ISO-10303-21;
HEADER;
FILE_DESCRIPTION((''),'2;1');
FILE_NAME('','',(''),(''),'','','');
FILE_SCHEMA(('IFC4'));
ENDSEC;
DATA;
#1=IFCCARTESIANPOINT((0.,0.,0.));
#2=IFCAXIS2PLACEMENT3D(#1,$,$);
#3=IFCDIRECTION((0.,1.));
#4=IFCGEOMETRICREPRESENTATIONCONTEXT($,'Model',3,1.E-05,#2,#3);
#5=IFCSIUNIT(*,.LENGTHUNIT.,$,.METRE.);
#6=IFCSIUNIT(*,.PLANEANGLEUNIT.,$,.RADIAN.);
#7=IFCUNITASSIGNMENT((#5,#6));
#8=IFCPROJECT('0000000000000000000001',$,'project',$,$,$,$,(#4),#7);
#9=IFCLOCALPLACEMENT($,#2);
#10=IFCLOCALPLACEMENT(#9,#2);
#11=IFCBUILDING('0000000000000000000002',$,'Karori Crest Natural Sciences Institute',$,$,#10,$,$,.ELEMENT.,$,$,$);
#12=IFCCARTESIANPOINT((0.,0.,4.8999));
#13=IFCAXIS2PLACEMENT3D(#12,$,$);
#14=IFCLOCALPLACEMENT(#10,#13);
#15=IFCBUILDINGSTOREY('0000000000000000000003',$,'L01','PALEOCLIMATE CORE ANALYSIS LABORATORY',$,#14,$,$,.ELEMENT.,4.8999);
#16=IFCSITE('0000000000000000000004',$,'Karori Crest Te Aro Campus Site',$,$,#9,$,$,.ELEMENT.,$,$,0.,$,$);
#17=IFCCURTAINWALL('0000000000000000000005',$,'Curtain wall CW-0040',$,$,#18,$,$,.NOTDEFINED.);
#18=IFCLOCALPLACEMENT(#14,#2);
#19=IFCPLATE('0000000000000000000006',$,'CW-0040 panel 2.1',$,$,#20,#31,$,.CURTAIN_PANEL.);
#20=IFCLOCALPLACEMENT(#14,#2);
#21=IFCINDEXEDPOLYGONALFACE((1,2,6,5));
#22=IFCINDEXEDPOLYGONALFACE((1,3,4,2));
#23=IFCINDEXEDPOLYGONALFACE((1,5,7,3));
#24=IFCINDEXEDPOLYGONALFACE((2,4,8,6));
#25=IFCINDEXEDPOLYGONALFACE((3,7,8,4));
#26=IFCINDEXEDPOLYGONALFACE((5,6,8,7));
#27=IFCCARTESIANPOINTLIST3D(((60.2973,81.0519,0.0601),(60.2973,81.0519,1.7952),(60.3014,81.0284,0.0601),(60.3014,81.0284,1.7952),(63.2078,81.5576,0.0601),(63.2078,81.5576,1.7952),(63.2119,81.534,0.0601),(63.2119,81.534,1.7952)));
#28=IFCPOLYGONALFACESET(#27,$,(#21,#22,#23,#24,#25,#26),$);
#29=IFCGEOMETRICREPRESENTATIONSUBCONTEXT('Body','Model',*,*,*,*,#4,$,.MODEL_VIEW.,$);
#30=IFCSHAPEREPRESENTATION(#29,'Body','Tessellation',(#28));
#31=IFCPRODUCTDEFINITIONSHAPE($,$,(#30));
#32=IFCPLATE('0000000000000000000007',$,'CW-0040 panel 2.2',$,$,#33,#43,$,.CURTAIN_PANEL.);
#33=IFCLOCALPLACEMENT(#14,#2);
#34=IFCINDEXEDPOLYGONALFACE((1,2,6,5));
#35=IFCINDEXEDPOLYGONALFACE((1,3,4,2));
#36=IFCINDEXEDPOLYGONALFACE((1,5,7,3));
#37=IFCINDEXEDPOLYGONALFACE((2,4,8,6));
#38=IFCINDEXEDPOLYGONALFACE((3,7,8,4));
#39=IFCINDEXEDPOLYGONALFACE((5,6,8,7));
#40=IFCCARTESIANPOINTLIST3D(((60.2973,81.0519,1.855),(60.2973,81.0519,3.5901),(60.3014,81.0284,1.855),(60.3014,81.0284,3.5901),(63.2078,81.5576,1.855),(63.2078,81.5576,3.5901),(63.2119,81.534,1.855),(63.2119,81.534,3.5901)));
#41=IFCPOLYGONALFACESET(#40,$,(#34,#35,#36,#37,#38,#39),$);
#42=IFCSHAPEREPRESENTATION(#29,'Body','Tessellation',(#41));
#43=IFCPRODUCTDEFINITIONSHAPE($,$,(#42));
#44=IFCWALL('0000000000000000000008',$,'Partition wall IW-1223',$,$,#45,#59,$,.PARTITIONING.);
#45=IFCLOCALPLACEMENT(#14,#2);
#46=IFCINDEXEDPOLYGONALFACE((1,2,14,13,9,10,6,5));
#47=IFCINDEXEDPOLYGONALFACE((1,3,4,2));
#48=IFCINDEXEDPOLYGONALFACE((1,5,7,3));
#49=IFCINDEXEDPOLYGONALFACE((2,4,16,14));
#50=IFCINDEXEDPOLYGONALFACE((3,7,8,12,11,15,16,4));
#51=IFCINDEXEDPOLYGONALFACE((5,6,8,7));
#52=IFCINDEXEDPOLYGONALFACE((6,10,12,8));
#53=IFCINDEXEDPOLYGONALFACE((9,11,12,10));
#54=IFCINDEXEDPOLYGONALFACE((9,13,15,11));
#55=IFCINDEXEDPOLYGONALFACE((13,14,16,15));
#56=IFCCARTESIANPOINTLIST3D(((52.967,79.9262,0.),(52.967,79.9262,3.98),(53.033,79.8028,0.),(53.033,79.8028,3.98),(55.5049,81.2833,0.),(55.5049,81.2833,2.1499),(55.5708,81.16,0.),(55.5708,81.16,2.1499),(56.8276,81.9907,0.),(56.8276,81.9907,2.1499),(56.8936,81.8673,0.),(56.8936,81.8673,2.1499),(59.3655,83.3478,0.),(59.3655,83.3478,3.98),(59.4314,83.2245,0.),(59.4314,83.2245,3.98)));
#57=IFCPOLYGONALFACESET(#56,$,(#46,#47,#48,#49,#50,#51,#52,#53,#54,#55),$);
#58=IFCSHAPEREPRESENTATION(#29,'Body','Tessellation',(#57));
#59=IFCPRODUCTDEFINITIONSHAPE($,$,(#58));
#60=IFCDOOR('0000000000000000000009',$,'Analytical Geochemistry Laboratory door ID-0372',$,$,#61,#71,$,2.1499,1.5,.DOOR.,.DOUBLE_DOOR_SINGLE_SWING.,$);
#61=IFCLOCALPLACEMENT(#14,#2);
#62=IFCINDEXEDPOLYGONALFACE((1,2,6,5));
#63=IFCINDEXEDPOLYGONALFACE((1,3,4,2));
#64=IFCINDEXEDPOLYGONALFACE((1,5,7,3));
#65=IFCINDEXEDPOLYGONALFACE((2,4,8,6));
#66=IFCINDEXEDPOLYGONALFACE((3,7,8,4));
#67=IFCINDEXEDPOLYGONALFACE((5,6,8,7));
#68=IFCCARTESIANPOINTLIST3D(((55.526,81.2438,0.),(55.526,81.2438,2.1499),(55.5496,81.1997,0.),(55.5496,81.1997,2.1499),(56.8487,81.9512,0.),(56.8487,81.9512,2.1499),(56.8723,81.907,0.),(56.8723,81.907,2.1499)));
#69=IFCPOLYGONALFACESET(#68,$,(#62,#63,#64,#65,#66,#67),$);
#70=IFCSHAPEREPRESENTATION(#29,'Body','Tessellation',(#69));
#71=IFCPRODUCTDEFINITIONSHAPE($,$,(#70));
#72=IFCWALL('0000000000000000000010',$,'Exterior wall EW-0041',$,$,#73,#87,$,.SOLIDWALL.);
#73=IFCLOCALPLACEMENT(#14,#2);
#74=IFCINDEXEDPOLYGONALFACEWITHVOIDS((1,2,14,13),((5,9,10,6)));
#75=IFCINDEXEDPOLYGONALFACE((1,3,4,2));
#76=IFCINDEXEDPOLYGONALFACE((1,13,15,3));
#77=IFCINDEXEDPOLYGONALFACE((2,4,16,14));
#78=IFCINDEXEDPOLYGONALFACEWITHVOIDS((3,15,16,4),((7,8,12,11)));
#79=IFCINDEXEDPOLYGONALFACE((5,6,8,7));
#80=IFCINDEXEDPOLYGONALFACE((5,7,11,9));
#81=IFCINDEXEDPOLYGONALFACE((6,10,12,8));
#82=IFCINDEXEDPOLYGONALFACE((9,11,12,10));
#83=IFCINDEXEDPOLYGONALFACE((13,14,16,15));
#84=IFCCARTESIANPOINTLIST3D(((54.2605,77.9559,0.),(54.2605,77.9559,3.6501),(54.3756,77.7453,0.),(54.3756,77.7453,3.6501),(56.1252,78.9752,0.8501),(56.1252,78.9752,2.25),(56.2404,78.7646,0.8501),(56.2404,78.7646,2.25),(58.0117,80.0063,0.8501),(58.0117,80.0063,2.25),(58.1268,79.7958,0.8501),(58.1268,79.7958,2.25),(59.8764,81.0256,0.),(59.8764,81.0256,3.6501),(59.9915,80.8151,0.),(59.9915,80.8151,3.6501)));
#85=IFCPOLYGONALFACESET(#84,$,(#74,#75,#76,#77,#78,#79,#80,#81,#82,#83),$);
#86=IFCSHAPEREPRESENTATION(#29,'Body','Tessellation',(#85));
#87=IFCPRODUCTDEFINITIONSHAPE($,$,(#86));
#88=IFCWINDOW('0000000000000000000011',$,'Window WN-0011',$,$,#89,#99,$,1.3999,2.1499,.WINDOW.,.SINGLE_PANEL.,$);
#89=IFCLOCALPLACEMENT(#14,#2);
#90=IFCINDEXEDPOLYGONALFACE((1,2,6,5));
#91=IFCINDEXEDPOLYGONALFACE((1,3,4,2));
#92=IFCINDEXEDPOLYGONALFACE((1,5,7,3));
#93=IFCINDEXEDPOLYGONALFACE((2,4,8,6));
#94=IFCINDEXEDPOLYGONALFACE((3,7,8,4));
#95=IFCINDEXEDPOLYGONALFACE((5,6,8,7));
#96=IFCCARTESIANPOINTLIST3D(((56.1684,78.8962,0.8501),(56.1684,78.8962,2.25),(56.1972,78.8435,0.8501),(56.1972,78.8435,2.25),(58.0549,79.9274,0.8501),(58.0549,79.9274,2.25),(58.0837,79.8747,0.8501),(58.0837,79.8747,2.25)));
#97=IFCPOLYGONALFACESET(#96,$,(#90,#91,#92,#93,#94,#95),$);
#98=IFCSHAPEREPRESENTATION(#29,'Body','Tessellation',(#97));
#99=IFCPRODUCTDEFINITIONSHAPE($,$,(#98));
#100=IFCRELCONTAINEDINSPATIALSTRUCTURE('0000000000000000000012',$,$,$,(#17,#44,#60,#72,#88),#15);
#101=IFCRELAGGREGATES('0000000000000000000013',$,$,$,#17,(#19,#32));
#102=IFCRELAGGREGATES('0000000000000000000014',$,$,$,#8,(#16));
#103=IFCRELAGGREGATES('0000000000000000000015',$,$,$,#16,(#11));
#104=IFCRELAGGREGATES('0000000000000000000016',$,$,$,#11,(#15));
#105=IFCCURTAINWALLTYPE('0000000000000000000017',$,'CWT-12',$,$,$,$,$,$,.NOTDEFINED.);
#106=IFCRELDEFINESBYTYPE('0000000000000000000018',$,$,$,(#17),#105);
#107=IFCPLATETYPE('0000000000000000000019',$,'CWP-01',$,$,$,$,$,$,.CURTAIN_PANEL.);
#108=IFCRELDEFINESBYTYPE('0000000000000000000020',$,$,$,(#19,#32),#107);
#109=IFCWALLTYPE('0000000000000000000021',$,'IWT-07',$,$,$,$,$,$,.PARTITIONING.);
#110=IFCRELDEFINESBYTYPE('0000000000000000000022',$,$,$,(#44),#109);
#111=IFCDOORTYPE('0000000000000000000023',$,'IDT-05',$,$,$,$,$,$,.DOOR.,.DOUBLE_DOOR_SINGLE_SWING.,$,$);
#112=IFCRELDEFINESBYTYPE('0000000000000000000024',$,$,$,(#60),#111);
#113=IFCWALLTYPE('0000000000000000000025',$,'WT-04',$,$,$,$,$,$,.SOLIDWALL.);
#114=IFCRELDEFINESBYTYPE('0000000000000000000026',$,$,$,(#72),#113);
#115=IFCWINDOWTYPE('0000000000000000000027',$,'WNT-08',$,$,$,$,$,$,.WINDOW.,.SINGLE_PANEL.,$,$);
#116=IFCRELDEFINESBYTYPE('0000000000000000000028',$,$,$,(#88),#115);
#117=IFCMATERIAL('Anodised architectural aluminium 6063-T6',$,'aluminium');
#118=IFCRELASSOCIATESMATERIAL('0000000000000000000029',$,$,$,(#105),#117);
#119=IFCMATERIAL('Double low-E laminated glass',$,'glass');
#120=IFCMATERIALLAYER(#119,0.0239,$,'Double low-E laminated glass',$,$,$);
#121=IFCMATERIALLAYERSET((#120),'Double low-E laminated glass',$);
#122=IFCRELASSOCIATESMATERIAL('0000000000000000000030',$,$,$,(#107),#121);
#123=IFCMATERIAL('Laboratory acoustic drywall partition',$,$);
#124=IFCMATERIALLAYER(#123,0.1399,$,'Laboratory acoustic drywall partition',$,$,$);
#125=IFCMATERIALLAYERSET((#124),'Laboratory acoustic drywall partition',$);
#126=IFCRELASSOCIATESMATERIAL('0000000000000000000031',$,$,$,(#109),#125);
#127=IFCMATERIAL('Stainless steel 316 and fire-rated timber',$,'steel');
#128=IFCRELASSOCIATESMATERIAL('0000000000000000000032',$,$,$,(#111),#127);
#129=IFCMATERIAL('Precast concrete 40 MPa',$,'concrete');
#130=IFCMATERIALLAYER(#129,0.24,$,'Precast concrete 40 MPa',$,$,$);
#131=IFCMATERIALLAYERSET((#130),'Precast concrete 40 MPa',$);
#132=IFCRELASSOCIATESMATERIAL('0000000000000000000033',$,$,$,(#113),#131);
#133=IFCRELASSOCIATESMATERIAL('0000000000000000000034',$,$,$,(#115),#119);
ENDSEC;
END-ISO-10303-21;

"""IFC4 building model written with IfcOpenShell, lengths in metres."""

from ifc_helpers import new_model, si_unit, direction, frame, frame_2d, origin, origin_2d, place, context, subcontext, project, spatial, rectangle, extrude, material, layer, layer_set, type_object, element, fill, aggregate, save


model = new_model("IFC4")

# Units and contexts
model_context = context("Model", 3, precision=1e-05, world=origin(), true_north=direction((0.0, 1.0)))
body_context = subcontext(model_context, "Body", "Model", "MODEL_VIEW")
ifc_project = project(units=[si_unit("LENGTHUNIT", "METRE"), si_unit("PLANEANGLEUNIT", "RADIAN")], contexts=[model_context])

# Site, building, storey
site_placement = place(None, origin())
site = spatial("IfcSite", under=ifc_project, at=site_placement, Name="Karori Crest Te Aro Campus Site", CompositionType="ELEMENT", RefElevation=0.0)
building_placement = place(site_placement, origin())
building = spatial("IfcBuilding", under=site, at=building_placement, Name="Karori Crest Natural Sciences Institute", CompositionType="ELEMENT")
storey_placement = place(building_placement, frame((0.0, 0.0, 4.8999)))
storey = spatial("IfcBuildingStorey", under=building, at=storey_placement, Name="L01", Description="PALEOCLIMATE CORE ANALYSIS LABORATORY", CompositionType="ELEMENT", Elevation=4.8999)

# Curtain wall, plates
ifc_material_1 = material(Name="Anodised architectural aluminium 6063-T6", Category="aluminium")
curtain_wall_type = type_object("IfcCurtainWallType", Name="CWT-12", PredefinedType="NOTDEFINED", material=ifc_material_1)
curtain_wall_placement = place(storey_placement, origin())
curtain_wall = element("IfcCurtainWall", 1, at=curtain_wall_placement, inside=storey, type_object=curtain_wall_type, Name="Curtain wall CW-0040", PredefinedType="NOTDEFINED")
ifc_material_2 = material(Name="Double low-E laminated glass", Category="glass")
ifc_layer_1 = layer(ifc_material_2, 0.0239, Name="Double low-E laminated glass")
ifc_layer_set_1 = layer_set([ifc_layer_1], Name="Double low-E laminated glass")
plate_type = type_object("IfcPlateType", Name="CWP-01", PredefinedType="CURTAIN_PANEL", material=ifc_layer_set_1)
plate_1_placement = place(storey_placement, frame((61.7546, 81.293, 0.0601), z_axis=(0.0, 0.0, 1.0), x_axis=(-0.985241, -0.17117, 0.0)))
plate_1 = element("IfcPlate", 2, at=plate_1_placement, type_object=plate_type, Name="CW-0040 panel 2.1", PredefinedType="CURTAIN_PANEL", context=body_context, shape_type="SweptSolid", body=[
    extrude(rectangle(XDim=2.9541, YDim=0.0239, at=origin_2d()), origin(), (0.0, 0.0, 1.0), 1.7351),
])
plate_2_placement = place(storey_placement, frame((61.7546, 81.293, 1.855), z_axis=(0.0, 0.0, 1.0), x_axis=(-0.985241, -0.17117, 0.0)))
plate_2 = element("IfcPlate", 3, at=plate_2_placement, type_object=plate_type, Name="CW-0040 panel 2.2", PredefinedType="CURTAIN_PANEL", context=body_context, shape_type="SweptSolid", body=[
    extrude(rectangle(XDim=2.9541, YDim=0.0239, at=origin_2d()), origin(), (0.0, 0.0, 1.0), 1.7351),
])
aggregate(curtain_wall, [plate_1, plate_2])

# Wall, opening, door
ifc_material_3 = material(Name="Laboratory acoustic drywall partition")
ifc_layer_2 = layer(ifc_material_3, 0.1399, Name="Laboratory acoustic drywall partition")
ifc_layer_set_2 = layer_set([ifc_layer_2], Name="Laboratory acoustic drywall partition")
wall_type_1 = type_object("IfcWallType", Name="IWT-07", PredefinedType="PARTITIONING", material=ifc_layer_set_2)
wall_1_placement = place(storey_placement, frame((59.3984, 83.2861, 0.0), z_axis=(0.0, 0.0, 1.0), x_axis=(-0.88183, -0.471568, 0.0)))
wall_1 = element("IfcWall", 4, at=wall_1_placement, inside=storey, type_object=wall_type_1, Name="Partition wall IW-1223", PredefinedType="PARTITIONING", context=body_context, shape_type="SweptSolid", body=[
    extrude(rectangle(XDim=7.2559, YDim=0.1399, at=frame_2d((3.6279, 0.0))), origin(), (0.0, 0.0, 1.0), 3.98),
])
opening_1_placement = place(wall_1_placement, frame((2.8779, 0.0, 0.0)))
opening_1 = element("IfcOpeningElement", 5, at=opening_1_placement, cuts=wall_1, PredefinedType="OPENING", context=body_context, shape_type="SweptSolid", body=[
    extrude(rectangle(XDim=1.5, YDim=2.1499, at=frame_2d((0.75, 1.075))), frame((0.0, 0.0801, 0.0), z_axis=(0.0, -1.0, 0.0), x_axis=(1.0, 0.0, 0.0)), (0.0, 0.0, 1.0), 0.1599),
])
ifc_material_4 = material(Name="Stainless steel 316 and fire-rated timber", Category="steel")
door_type = type_object("IfcDoorType", Name="IDT-05", OperationType="DOUBLE_DOOR_SINGLE_SWING", PredefinedType="DOOR", material=ifc_material_4)
door_placement = place(opening_1_placement, origin())
door = element("IfcDoor", 6, at=door_placement, inside=storey, type_object=door_type, Name="Analytical Geochemistry Laboratory door ID-0372", OperationType="DOUBLE_DOOR_SINGLE_SWING", OverallHeight=2.1499, OverallWidth=1.5, PredefinedType="DOOR", context=body_context, shape_type="SweptSolid", body=[
    extrude(rectangle(XDim=1.5, YDim=2.1499, at=frame_2d((0.75, 1.075))), frame((0.0, 0.0249, 0.0), z_axis=(0.0, -1.0, 0.0), x_axis=(1.0, 0.0, 0.0)), (0.0, 0.0, 1.0), 0.05),
])
fill(opening_1, door)

# Wall, opening, window
ifc_material_5 = material(Name="Precast concrete 40 MPa", Category="concrete")
ifc_layer_3 = layer(ifc_material_5, 0.24, Name="Precast concrete 40 MPa")
ifc_layer_set_3 = layer_set([ifc_layer_3], Name="Precast concrete 40 MPa")
wall_type_2 = type_object("IfcWallType", Name="WT-04", PredefinedType="SOLIDWALL", material=ifc_layer_set_3)
wall_2_placement = place(storey_placement, frame((59.9341, 80.9204, 0.0), z_axis=(0.0, 0.0, 1.0), x_axis=(-0.877464, -0.479643, 0.0)))
wall_2 = element("IfcWall", 7, at=wall_2_placement, inside=storey, type_object=wall_type_2, Name="Exterior wall EW-0041", PredefinedType="SOLIDWALL", context=body_context, shape_type="SweptSolid", body=[
    extrude(rectangle(XDim=6.4001, YDim=0.24, at=frame_2d((3.2002, 0.0))), origin(), (0.0, 0.0, 1.0), 3.6501),
])
opening_2_placement = place(wall_2_placement, frame((2.1252, 0.0, 0.8501)))
opening_2 = element("IfcOpeningElement", 8, at=opening_2_placement, cuts=wall_2, PredefinedType="OPENING", context=body_context, shape_type="SweptSolid", body=[
    extrude(rectangle(XDim=2.1499, YDim=1.3999, at=frame_2d((1.075, 0.7))), frame((0.0, 0.1299, 0.0), z_axis=(0.0, -1.0, 0.0), x_axis=(1.0, 0.0, 0.0)), (0.0, 0.0, 1.0), 0.26),
])
window_type = type_object("IfcWindowType", Name="WNT-08", PartitioningType="SINGLE_PANEL", PredefinedType="WINDOW", material=ifc_material_2)
window_placement = place(opening_2_placement, origin())
window = element("IfcWindow", 9, at=window_placement, inside=storey, type_object=window_type, Name="Window WN-0011", OverallHeight=1.3999, OverallWidth=2.1499, PartitioningType="SINGLE_PANEL", PredefinedType="WINDOW", context=body_context, shape_type="SweptSolid", body=[
    extrude(rectangle(XDim=2.1499, YDim=1.3999, at=frame_2d((1.075, 0.7))), frame((0.0, 0.03, 0.0), z_axis=(0.0, -1.0, 0.0), x_axis=(1.0, 0.0, 0.0)), (0.0, 0.0, 1.0), 0.0601),
])
fill(opening_2, window)

save(model, "model.ifc")
